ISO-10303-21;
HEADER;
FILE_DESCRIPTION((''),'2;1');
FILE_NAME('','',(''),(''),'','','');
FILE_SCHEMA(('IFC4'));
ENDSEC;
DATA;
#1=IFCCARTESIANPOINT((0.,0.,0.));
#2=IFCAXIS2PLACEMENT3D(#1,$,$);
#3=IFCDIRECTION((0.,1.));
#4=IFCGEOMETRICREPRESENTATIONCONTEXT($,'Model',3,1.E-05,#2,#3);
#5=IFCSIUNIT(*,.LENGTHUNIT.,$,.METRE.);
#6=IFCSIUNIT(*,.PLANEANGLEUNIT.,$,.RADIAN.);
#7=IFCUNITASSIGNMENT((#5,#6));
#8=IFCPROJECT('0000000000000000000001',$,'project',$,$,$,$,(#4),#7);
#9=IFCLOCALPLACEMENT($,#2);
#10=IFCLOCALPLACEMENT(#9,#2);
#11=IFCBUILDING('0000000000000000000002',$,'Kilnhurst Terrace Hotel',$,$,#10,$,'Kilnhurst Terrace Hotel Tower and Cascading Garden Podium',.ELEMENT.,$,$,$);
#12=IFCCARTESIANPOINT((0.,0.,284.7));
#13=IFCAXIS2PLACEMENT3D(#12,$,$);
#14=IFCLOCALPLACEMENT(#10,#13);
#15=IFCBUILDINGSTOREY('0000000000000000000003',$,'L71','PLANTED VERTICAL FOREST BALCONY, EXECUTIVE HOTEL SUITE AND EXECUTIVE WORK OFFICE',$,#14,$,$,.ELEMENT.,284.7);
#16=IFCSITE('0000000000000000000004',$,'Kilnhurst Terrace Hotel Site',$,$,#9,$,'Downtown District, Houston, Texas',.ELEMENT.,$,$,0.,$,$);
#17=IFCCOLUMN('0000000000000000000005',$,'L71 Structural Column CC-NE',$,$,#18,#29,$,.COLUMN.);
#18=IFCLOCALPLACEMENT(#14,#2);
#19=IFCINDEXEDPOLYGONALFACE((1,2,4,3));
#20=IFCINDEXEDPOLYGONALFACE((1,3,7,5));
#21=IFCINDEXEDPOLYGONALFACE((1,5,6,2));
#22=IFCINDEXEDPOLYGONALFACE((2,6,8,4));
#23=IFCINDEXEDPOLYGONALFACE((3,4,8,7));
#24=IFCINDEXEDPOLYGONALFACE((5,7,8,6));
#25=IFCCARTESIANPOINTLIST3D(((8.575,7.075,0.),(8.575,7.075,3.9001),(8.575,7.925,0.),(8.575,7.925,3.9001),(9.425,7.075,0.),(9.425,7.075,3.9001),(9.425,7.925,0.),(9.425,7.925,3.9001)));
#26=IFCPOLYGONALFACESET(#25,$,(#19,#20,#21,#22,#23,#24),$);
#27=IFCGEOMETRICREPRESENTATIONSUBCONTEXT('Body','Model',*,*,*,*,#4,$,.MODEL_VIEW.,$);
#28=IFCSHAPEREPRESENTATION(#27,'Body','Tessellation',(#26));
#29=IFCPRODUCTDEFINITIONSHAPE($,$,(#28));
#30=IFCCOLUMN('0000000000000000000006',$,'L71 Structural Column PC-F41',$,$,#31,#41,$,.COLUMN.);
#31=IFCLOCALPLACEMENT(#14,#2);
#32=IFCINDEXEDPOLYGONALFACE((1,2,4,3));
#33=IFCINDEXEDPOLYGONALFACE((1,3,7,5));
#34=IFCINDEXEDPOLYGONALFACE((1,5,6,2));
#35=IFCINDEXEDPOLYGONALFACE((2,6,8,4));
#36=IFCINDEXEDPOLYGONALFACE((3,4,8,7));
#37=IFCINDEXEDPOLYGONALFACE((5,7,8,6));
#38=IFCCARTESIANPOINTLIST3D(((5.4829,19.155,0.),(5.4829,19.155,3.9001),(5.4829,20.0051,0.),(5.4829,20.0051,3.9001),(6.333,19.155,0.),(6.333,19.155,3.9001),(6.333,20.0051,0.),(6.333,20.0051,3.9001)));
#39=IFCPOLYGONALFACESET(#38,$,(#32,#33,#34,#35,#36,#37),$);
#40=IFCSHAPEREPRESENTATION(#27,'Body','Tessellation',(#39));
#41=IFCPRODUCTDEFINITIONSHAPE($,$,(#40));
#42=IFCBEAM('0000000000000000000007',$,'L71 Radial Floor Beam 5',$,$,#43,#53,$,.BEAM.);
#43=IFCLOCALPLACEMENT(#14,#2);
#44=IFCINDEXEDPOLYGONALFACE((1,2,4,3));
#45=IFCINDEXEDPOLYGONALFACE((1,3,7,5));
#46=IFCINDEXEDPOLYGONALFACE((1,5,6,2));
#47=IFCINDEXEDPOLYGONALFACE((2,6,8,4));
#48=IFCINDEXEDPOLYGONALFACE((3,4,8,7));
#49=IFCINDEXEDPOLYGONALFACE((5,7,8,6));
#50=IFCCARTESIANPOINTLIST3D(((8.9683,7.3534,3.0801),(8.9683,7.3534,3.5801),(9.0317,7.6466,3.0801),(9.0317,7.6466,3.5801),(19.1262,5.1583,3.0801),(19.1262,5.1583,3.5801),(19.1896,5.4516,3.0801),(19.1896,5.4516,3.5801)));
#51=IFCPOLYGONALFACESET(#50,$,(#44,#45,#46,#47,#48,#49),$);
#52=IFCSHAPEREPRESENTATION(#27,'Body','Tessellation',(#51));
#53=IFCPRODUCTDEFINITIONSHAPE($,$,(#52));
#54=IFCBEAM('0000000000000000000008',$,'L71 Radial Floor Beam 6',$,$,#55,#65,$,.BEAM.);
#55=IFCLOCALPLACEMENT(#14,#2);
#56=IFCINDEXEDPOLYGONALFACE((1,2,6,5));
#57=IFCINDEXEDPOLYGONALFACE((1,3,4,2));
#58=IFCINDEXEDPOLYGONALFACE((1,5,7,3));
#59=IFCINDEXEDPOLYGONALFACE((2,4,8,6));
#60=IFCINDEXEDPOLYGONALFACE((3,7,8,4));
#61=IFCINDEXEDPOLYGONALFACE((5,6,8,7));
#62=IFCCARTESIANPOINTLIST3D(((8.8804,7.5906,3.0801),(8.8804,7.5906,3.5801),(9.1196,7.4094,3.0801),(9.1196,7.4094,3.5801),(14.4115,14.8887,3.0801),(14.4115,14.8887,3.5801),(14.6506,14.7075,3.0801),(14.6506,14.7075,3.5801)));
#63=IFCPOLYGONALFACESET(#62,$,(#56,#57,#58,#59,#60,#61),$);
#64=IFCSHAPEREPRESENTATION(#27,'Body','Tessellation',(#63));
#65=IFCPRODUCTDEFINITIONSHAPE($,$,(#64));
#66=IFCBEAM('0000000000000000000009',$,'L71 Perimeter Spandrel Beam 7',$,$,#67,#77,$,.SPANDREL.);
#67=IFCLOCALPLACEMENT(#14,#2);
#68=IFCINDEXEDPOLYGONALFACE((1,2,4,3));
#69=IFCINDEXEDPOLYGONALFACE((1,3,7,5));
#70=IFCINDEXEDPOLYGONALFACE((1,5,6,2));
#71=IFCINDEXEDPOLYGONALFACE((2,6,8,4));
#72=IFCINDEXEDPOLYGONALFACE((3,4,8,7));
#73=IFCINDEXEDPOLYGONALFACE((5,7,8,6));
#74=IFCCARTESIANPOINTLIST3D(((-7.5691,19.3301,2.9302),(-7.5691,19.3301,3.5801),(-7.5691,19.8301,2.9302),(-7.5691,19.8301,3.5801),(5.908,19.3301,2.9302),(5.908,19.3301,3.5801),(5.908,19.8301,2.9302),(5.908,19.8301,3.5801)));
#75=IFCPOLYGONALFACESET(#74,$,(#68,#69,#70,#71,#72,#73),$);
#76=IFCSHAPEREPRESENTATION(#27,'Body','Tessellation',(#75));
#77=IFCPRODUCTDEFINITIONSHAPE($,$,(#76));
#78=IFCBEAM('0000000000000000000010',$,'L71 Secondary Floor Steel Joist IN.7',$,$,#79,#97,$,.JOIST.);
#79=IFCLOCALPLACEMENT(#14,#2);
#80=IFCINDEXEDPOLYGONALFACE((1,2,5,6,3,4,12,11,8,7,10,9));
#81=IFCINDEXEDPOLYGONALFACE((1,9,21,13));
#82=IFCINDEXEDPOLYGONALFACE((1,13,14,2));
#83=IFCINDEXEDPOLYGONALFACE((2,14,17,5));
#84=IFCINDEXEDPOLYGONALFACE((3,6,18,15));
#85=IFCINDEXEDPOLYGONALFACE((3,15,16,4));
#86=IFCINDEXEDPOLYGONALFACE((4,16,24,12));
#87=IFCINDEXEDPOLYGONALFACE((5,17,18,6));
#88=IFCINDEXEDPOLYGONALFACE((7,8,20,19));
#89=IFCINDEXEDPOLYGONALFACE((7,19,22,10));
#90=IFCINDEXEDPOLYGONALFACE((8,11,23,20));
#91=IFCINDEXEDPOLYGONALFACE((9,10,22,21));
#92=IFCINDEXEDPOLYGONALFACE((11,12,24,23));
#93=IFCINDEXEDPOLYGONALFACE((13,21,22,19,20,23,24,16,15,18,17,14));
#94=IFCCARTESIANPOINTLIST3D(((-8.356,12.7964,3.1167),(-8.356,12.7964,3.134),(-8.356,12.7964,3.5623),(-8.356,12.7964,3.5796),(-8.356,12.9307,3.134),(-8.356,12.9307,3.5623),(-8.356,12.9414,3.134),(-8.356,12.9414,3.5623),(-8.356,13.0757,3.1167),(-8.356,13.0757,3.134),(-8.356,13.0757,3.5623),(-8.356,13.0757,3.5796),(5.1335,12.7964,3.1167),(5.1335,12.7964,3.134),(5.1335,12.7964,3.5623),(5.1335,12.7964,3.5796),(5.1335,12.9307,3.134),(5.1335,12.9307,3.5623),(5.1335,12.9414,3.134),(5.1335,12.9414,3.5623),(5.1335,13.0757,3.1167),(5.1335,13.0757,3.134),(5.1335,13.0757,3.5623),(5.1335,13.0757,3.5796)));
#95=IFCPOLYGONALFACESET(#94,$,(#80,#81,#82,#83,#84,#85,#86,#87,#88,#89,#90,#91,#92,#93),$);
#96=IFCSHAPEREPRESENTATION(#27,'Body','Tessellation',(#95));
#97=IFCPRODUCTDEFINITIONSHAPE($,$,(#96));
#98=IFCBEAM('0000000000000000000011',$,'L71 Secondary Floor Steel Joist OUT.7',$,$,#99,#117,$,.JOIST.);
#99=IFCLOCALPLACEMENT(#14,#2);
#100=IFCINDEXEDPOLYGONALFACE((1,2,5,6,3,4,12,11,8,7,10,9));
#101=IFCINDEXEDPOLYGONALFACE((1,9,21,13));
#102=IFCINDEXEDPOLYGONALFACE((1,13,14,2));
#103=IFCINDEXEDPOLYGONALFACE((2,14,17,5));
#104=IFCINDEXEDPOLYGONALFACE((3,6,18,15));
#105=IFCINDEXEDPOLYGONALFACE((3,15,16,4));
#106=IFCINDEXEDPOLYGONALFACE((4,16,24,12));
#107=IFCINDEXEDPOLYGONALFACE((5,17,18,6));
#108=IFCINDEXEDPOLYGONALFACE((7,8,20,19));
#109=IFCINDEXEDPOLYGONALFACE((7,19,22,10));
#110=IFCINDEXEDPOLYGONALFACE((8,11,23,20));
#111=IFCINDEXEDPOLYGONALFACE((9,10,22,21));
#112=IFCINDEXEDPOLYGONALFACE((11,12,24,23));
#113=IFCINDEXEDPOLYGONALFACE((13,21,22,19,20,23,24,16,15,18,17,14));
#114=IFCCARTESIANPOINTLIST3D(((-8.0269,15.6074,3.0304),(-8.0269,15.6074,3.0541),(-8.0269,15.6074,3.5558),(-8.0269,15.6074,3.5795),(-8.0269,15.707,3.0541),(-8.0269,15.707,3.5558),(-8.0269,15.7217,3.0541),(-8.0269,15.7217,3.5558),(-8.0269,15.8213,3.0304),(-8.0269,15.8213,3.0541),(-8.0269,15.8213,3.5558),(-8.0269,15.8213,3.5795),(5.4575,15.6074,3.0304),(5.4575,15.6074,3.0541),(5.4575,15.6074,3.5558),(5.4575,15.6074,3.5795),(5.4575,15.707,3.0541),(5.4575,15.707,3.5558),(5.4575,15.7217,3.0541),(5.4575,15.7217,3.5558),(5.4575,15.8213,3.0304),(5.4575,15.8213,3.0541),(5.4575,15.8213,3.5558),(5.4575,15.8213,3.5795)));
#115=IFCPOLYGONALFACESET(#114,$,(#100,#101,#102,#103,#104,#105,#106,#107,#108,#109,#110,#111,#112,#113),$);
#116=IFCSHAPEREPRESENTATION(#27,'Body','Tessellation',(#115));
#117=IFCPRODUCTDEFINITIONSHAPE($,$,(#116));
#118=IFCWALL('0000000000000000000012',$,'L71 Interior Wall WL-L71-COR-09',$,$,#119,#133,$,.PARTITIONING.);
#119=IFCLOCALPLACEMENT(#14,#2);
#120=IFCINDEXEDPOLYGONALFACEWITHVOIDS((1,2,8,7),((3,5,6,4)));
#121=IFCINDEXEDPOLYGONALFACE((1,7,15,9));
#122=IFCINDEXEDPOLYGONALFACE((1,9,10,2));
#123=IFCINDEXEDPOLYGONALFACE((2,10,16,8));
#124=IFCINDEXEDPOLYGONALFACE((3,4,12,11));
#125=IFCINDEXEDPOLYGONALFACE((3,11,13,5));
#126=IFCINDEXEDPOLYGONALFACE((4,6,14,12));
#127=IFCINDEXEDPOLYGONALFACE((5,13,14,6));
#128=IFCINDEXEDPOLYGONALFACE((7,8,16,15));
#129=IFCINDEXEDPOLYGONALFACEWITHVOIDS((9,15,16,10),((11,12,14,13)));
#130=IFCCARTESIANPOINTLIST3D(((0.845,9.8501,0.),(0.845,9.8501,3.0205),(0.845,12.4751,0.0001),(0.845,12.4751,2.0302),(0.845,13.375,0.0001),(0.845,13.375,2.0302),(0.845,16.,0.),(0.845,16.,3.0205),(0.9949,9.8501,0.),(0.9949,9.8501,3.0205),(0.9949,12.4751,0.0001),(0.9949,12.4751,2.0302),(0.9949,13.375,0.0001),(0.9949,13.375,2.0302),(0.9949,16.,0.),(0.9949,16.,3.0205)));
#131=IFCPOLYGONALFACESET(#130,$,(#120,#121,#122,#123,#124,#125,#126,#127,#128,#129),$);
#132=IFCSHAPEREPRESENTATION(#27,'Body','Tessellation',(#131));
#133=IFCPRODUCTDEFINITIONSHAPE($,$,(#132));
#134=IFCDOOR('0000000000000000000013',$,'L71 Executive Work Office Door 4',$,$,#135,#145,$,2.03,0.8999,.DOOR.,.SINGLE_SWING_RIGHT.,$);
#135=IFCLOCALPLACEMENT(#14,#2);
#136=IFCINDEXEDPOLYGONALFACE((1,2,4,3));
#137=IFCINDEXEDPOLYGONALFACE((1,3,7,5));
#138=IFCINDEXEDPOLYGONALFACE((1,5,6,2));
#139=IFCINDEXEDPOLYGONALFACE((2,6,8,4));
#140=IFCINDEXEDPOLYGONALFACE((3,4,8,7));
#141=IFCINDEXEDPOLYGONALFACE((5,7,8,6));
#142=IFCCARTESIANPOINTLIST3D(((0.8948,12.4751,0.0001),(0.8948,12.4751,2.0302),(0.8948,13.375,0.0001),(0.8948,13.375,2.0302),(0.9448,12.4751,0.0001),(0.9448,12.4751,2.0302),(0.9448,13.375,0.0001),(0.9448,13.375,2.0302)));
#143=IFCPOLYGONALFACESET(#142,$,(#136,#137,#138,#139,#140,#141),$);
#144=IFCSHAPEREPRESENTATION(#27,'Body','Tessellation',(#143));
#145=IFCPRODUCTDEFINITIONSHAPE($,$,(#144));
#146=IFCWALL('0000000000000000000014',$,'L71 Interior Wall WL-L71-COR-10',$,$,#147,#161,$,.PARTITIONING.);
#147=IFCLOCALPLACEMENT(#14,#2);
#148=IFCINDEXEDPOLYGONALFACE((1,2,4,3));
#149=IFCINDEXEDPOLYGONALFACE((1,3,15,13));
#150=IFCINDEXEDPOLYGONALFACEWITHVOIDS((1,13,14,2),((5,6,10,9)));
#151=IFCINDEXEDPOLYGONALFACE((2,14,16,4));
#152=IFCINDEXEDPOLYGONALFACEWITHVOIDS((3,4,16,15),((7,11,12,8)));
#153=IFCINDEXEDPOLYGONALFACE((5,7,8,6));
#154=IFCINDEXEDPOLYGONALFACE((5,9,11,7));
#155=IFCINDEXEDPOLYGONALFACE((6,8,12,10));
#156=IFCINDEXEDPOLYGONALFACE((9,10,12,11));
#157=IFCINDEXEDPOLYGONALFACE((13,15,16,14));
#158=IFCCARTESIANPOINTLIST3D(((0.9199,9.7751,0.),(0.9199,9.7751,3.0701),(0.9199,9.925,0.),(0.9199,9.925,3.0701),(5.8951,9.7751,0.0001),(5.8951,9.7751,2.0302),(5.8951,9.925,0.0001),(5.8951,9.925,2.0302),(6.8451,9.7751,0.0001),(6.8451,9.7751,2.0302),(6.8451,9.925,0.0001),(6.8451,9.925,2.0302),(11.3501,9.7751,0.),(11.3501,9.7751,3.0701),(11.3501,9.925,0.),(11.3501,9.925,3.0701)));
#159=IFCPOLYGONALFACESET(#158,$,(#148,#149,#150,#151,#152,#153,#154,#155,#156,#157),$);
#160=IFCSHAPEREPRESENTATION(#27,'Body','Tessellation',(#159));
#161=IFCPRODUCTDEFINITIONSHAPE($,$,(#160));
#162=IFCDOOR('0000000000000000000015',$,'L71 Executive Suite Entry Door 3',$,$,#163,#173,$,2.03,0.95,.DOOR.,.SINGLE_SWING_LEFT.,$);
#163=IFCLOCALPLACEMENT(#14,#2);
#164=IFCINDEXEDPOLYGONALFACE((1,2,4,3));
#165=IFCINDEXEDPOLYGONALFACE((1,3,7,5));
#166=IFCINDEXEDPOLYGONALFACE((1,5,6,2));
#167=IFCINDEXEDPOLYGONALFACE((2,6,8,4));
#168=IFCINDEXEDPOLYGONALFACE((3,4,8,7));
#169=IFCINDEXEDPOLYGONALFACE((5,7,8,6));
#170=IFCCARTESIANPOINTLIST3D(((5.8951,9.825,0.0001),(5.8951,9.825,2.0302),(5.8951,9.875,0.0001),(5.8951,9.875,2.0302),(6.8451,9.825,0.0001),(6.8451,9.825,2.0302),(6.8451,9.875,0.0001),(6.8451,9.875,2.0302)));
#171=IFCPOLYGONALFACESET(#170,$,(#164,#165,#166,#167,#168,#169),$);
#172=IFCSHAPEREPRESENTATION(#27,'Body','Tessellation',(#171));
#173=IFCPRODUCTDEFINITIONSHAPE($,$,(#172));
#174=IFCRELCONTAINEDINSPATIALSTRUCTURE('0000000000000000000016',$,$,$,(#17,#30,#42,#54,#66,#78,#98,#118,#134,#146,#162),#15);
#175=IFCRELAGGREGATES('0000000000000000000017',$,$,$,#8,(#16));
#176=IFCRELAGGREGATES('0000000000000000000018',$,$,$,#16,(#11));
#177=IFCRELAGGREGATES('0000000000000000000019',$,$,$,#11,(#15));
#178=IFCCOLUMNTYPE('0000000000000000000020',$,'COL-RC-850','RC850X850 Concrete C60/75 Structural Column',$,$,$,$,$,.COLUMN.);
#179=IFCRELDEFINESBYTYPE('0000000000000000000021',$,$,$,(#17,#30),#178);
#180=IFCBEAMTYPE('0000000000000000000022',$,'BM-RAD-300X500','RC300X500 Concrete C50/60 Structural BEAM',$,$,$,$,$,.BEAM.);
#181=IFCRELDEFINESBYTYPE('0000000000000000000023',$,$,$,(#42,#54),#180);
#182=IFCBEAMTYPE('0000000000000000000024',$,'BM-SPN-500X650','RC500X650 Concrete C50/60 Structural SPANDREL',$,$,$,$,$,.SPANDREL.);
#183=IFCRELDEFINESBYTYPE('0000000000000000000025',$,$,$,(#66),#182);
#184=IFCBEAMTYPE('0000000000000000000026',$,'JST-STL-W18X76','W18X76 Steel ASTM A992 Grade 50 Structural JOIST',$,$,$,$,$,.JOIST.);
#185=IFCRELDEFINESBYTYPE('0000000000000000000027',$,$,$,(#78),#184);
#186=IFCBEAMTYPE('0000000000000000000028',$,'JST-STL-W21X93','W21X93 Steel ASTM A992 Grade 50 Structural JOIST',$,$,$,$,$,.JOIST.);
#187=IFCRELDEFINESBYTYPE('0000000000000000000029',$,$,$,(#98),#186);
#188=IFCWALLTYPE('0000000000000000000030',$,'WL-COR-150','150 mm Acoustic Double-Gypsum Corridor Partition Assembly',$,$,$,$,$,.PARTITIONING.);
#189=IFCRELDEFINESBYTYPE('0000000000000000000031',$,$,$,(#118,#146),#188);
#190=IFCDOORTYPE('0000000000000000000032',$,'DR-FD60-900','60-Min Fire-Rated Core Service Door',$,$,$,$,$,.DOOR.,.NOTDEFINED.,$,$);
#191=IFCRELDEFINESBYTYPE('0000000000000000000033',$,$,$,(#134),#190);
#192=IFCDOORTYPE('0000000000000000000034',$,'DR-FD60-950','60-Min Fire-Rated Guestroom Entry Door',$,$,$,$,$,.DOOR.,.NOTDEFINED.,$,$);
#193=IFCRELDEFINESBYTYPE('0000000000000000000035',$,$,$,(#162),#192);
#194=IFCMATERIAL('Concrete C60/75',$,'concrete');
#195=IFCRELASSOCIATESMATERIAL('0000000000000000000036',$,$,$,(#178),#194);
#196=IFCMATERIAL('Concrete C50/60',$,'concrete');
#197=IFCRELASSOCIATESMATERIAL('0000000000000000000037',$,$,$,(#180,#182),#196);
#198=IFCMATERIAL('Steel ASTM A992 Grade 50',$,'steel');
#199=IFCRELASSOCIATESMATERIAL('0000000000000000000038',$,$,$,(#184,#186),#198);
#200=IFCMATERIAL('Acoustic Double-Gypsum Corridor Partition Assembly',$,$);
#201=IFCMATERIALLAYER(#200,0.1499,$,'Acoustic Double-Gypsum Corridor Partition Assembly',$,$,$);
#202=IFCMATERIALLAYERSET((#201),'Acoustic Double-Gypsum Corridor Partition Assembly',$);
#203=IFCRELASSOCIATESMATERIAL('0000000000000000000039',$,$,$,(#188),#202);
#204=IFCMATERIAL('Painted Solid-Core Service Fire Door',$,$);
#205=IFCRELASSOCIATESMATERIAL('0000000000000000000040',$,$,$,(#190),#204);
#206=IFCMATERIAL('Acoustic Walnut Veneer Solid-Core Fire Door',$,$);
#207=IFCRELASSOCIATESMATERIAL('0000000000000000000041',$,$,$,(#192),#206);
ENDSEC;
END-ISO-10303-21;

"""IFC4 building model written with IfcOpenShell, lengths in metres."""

from ifc_helpers import new_model, si_unit, direction, frame, frame_2d, origin, origin_2d, place, context, subcontext, project, spatial, rectangle, i_section, extrude, material, layer, layer_set, material_profile, profile_set, type_object, element, fill, save


model = new_model("IFC4")

# Units and contexts
model_context = context("Model", 3, precision=1e-05, world=origin(), true_north=direction((0.0, 1.0)))
body_context = subcontext(model_context, "Body", "Model", "MODEL_VIEW")
ifc_project = project(units=[si_unit("LENGTHUNIT", "METRE"), si_unit("PLANEANGLEUNIT", "RADIAN")], contexts=[model_context])

# Site, building, storey
site_placement = place(None, origin())
site = spatial("IfcSite", under=ifc_project, at=site_placement, Name="Kilnhurst Terrace Hotel Site", LongName="Downtown District, Houston, Texas", CompositionType="ELEMENT", RefElevation=0.0)
building_placement = place(site_placement, origin())
building = spatial("IfcBuilding", under=site, at=building_placement, Name="Kilnhurst Terrace Hotel", LongName="Kilnhurst Terrace Hotel Tower and Cascading Garden Podium", CompositionType="ELEMENT")
storey_placement = place(building_placement, frame((0.0, 0.0, 284.7)))
storey = spatial("IfcBuildingStorey", under=building, at=storey_placement, Name="L71", Description="PLANTED VERTICAL FOREST BALCONY, EXECUTIVE HOTEL SUITE AND EXECUTIVE WORK OFFICE", CompositionType="ELEMENT", Elevation=284.7)

# Columns
ifc_material_1 = material(Name="Concrete C60/75", Category="concrete")
ifc_material_profile_1 = material_profile(ifc_material_1, rectangle(XDim=0.8501, YDim=0.8501, at=origin_2d()), Name="RC850X850")
ifc_profile_set_1 = profile_set([ifc_material_profile_1], Name="Concrete C60/75")
column_type = type_object("IfcColumnType", Name="COL-RC-850", Description="RC850X850 Concrete C60/75 Structural Column", PredefinedType="COLUMN", material=ifc_profile_set_1)
for number, where, z_axis, x_axis, name in (
    (1, (9.0, 7.5, 0.0), (0.0, 0.0, 1.0), (1.0, 0.0, 0.0), "L71 Structural Column CC-NE"),
    (2, (5.908, 19.5801, 0.0), (0.0, 0.0, 1.0), (1.0, 0.0, 0.0), "L71 Structural Column PC-F41"),
):
    element("IfcColumn", number, at=place(storey_placement, frame(where, z_axis=z_axis, x_axis=x_axis)), inside=storey, type_object=column_type, Name=name, PredefinedType="COLUMN", context=body_context, shape_type="SweptSolid", body=[
        extrude(rectangle(XDim=0.8501, YDim=0.8501, at=origin_2d()), origin(), (0.0, 0.0, 1.0), 3.9001),
    ])

# Beams
ifc_material_2 = material(Name="Concrete C50/60", Category="concrete")
ifc_material_profile_2 = material_profile(ifc_material_2, rectangle(XDim=0.3, YDim=0.5, at=origin_2d()), Name="RC300X500")
ifc_profile_set_2 = profile_set([ifc_material_profile_2], Name="Concrete C50/60")
beam_type_1 = type_object("IfcBeamType", Name="BM-RAD-300X500", Description="RC300X500 Concrete C50/60 Structural BEAM", PredefinedType="BEAM", material=ifc_profile_set_2)
beam_1_placement = place(storey_placement, frame((9.0, 7.5, 3.3301), z_axis=(0.977439, -0.211218, 0.0), x_axis=(0.211218, 0.977439, 0.0)))
element("IfcBeam", 3, at=beam_1_placement, inside=storey, type_object=beam_type_1, Name="L71 Radial Floor Beam 5", PredefinedType="BEAM", context=body_context, shape_type="SweptSolid", body=[
    extrude(rectangle(XDim=0.3, YDim=0.5, at=origin_2d()), origin(), (0.0, 0.0, 1.0), 10.3923),
])
beam_2_placement = place(storey_placement, frame((9.0, 7.5, 3.3301), z_axis=(0.604007, 0.796979, 0.0), x_axis=(-0.796979, 0.604007, 0.0)))
element("IfcBeam", 4, at=beam_2_placement, inside=storey, type_object=beam_type_1, Name="L71 Radial Floor Beam 6", PredefinedType="BEAM", context=body_context, shape_type="SweptSolid", body=[
    extrude(rectangle(XDim=0.3, YDim=0.5, at=origin_2d()), origin(), (0.0, 0.0, 1.0), 9.1572),
])
ifc_material_profile_3 = material_profile(ifc_material_2, rectangle(XDim=0.5, YDim=0.6499, at=origin_2d()), Name="RC500X650")
ifc_profile_set_3 = profile_set([ifc_material_profile_3], Name="Concrete C50/60")
beam_type_2 = type_object("IfcBeamType", Name="BM-SPN-500X650", Description="RC500X650 Concrete C50/60 Structural SPANDREL", PredefinedType="SPANDREL", material=ifc_profile_set_3)
beam_3_placement = place(storey_placement, frame((5.908, 19.5801, 3.2551), z_axis=(-1.0, 0.0, 0.0), x_axis=(0.0, -1.0, 0.0)))
element("IfcBeam", 5, at=beam_3_placement, inside=storey, type_object=beam_type_2, Name="L71 Perimeter Spandrel Beam 7", PredefinedType="SPANDREL", context=body_context, shape_type="SweptSolid", body=[
    extrude(rectangle(XDim=0.5, YDim=0.6499, at=origin_2d()), origin(), (0.0, 0.0, 1.0), 13.4771),
])
ifc_material_3 = material(Name="Steel ASTM A992 Grade 50", Category="steel")
ifc_material_profile_4 = material_profile(ifc_material_3, i_section(OverallWidth=0.2793, OverallDepth=0.4629, WebThickness=0.0107, FlangeThickness=0.0173, at=origin_2d()), Name="W18X76")
ifc_profile_set_4 = profile_set([ifc_material_profile_4], Name="Steel ASTM A992 Grade 50")
beam_type_3 = type_object("IfcBeamType", Name="JST-STL-W18X76", Description="W18X76 Steel ASTM A992 Grade 50 Structural JOIST", PredefinedType="JOIST", material=ifc_profile_set_4)
beam_4_placement = place(storey_placement, frame((5.1335, 12.936, 3.3481), z_axis=(-1.0, 0.0, 0.0), x_axis=(0.0, -1.0, 0.0)))
element("IfcBeam", 6, at=beam_4_placement, inside=storey, type_object=beam_type_3, Name="L71 Secondary Floor Steel Joist IN.7", PredefinedType="JOIST", context=body_context, shape_type="SweptSolid", body=[
    extrude(i_section(OverallWidth=0.2793, OverallDepth=0.4629, WebThickness=0.0107, FlangeThickness=0.0173, at=origin_2d()), origin(), (0.0, 0.0, 1.0), 13.4895),
])
ifc_material_profile_5 = material_profile(ifc_material_3, i_section(OverallWidth=0.2139, OverallDepth=0.5491, WebThickness=0.0146, FlangeThickness=0.0237, at=origin_2d()), Name="W21X93")
ifc_profile_set_5 = profile_set([ifc_material_profile_5], Name="Steel ASTM A992 Grade 50")
beam_type_4 = type_object("IfcBeamType", Name="JST-STL-W21X93", Description="W21X93 Steel ASTM A992 Grade 50 Structural JOIST", PredefinedType="JOIST", material=ifc_profile_set_5)
beam_5_placement = place(storey_placement, frame((5.4575, 15.7144, 3.3049), z_axis=(-1.0, 0.0, 0.0), x_axis=(0.0, -1.0, 0.0)))
element("IfcBeam", 7, at=beam_5_placement, inside=storey, type_object=beam_type_4, Name="L71 Secondary Floor Steel Joist OUT.7", PredefinedType="JOIST", context=body_context, shape_type="SweptSolid", body=[
    extrude(i_section(OverallWidth=0.2139, OverallDepth=0.5491, WebThickness=0.0146, FlangeThickness=0.0237, at=origin_2d()), origin(), (0.0, 0.0, 1.0), 13.4844),
])

# Walls, openings, doors
ifc_material_4 = material(Name="Acoustic Double-Gypsum Corridor Partition Assembly")
ifc_layer_1 = layer(ifc_material_4, 0.1499, Name="Acoustic Double-Gypsum Corridor Partition Assembly")
ifc_layer_set_1 = layer_set([ifc_layer_1], Name="Acoustic Double-Gypsum Corridor Partition Assembly")
wall_type_1 = type_object("IfcWallType", Name="WL-COR-150", Description="150 mm Acoustic Double-Gypsum Corridor Partition Assembly", PredefinedType="PARTITIONING", material=ifc_layer_set_1)
wall_1_placement = place(storey_placement, frame((0.9199, 16.0, 0.0), z_axis=(0.0, 0.0, 1.0), x_axis=(0.0, -1.0, 0.0)))
wall_1 = element("IfcWall", 8, at=wall_1_placement, inside=storey, type_object=wall_type_1, Name="L71 Interior Wall WL-L71-COR-09", PredefinedType="PARTITIONING", context=body_context, shape_type="SweptSolid", body=[
    extrude(rectangle(XDim=6.1499, YDim=0.1499, at=frame_2d((3.075, 0.0))), origin(), (0.0, 0.0, 1.0), 3.0205),
])
opening_1_placement = place(wall_1_placement, frame((2.625, 0.0, 0.0)))
opening_1 = element("IfcOpeningElement", 9, at=opening_1_placement, cuts=wall_1, PredefinedType="OPENING", context=body_context, shape_type="SweptSolid", body=[
    extrude(rectangle(XDim=0.8999, YDim=2.03, at=frame_2d((0.45, 1.0151))), frame((0.0, 0.085, 0.0), z_axis=(0.0, -1.0, 0.0), x_axis=(1.0, 0.0, 0.0)), (0.0, 0.0, 1.0), 0.1699),
])
ifc_material_5 = material(Name="Painted Solid-Core Service Fire Door")
door_type_1 = type_object("IfcDoorType", Name="DR-FD60-900", Description="60-Min Fire-Rated Core Service Door", OperationType="NOTDEFINED", PredefinedType="DOOR", material=ifc_material_5)
door_1_placement = place(opening_1_placement, origin())
door_1 = element("IfcDoor", 10, at=door_1_placement, inside=storey, type_object=door_type_1, Name="L71 Executive Work Office Door 4", OperationType="SINGLE_SWING_RIGHT", OverallHeight=2.03, OverallWidth=0.8999, PredefinedType="DOOR", context=body_context, shape_type="SweptSolid", body=[
    extrude(rectangle(XDim=0.8999, YDim=2.03, at=frame_2d((0.45, 1.0151))), frame((0.0, 0.0249, 0.0), z_axis=(0.0, -1.0, 0.0), x_axis=(1.0, 0.0, 0.0)), (0.0, 0.0, 1.0), 0.05),
])
fill(opening_1, door_1)
wall_2_placement = place(storey_placement, frame((0.9199, 9.8501, 0.0), z_axis=(0.0, 0.0, 1.0), x_axis=(1.0, 0.0, 0.0)))
wall_2 = element("IfcWall", 11, at=wall_2_placement, inside=storey, type_object=wall_type_1, Name="L71 Interior Wall WL-L71-COR-10", PredefinedType="PARTITIONING", context=body_context, shape_type="SweptSolid", body=[
    extrude(rectangle(XDim=10.4302, YDim=0.1499, at=frame_2d((5.2151, 0.0))), origin(), (0.0, 0.0, 1.0), 3.0701),
])
opening_2_placement = place(wall_2_placement, frame((4.9751, 0.0, 0.0)))
opening_2 = element("IfcOpeningElement", 12, at=opening_2_placement, cuts=wall_2, PredefinedType="OPENING", context=body_context, shape_type="SweptSolid", body=[
    extrude(rectangle(XDim=0.95, YDim=2.03, at=frame_2d((0.4751, 1.0151))), frame((0.0, 0.085, 0.0), z_axis=(0.0, -1.0, 0.0), x_axis=(1.0, 0.0, 0.0)), (0.0, 0.0, 1.0), 0.1699),
])
ifc_material_6 = material(Name="Acoustic Walnut Veneer Solid-Core Fire Door")
door_type_2 = type_object("IfcDoorType", Name="DR-FD60-950", Description="60-Min Fire-Rated Guestroom Entry Door", OperationType="NOTDEFINED", PredefinedType="DOOR", material=ifc_material_6)
door_2_placement = place(opening_2_placement, origin())
door_2 = element("IfcDoor", 13, at=door_2_placement, inside=storey, type_object=door_type_2, Name="L71 Executive Suite Entry Door 3", OperationType="SINGLE_SWING_LEFT", OverallHeight=2.03, OverallWidth=0.95, PredefinedType="DOOR", context=body_context, shape_type="SweptSolid", body=[
    extrude(rectangle(XDim=0.95, YDim=2.03, at=frame_2d((0.4751, 1.0151))), frame((0.0, 0.0249, 0.0), z_axis=(0.0, -1.0, 0.0), x_axis=(1.0, 0.0, 0.0)), (0.0, 0.0, 1.0), 0.05),
])
fill(opening_2, door_2)

save(model, "model.ifc")
